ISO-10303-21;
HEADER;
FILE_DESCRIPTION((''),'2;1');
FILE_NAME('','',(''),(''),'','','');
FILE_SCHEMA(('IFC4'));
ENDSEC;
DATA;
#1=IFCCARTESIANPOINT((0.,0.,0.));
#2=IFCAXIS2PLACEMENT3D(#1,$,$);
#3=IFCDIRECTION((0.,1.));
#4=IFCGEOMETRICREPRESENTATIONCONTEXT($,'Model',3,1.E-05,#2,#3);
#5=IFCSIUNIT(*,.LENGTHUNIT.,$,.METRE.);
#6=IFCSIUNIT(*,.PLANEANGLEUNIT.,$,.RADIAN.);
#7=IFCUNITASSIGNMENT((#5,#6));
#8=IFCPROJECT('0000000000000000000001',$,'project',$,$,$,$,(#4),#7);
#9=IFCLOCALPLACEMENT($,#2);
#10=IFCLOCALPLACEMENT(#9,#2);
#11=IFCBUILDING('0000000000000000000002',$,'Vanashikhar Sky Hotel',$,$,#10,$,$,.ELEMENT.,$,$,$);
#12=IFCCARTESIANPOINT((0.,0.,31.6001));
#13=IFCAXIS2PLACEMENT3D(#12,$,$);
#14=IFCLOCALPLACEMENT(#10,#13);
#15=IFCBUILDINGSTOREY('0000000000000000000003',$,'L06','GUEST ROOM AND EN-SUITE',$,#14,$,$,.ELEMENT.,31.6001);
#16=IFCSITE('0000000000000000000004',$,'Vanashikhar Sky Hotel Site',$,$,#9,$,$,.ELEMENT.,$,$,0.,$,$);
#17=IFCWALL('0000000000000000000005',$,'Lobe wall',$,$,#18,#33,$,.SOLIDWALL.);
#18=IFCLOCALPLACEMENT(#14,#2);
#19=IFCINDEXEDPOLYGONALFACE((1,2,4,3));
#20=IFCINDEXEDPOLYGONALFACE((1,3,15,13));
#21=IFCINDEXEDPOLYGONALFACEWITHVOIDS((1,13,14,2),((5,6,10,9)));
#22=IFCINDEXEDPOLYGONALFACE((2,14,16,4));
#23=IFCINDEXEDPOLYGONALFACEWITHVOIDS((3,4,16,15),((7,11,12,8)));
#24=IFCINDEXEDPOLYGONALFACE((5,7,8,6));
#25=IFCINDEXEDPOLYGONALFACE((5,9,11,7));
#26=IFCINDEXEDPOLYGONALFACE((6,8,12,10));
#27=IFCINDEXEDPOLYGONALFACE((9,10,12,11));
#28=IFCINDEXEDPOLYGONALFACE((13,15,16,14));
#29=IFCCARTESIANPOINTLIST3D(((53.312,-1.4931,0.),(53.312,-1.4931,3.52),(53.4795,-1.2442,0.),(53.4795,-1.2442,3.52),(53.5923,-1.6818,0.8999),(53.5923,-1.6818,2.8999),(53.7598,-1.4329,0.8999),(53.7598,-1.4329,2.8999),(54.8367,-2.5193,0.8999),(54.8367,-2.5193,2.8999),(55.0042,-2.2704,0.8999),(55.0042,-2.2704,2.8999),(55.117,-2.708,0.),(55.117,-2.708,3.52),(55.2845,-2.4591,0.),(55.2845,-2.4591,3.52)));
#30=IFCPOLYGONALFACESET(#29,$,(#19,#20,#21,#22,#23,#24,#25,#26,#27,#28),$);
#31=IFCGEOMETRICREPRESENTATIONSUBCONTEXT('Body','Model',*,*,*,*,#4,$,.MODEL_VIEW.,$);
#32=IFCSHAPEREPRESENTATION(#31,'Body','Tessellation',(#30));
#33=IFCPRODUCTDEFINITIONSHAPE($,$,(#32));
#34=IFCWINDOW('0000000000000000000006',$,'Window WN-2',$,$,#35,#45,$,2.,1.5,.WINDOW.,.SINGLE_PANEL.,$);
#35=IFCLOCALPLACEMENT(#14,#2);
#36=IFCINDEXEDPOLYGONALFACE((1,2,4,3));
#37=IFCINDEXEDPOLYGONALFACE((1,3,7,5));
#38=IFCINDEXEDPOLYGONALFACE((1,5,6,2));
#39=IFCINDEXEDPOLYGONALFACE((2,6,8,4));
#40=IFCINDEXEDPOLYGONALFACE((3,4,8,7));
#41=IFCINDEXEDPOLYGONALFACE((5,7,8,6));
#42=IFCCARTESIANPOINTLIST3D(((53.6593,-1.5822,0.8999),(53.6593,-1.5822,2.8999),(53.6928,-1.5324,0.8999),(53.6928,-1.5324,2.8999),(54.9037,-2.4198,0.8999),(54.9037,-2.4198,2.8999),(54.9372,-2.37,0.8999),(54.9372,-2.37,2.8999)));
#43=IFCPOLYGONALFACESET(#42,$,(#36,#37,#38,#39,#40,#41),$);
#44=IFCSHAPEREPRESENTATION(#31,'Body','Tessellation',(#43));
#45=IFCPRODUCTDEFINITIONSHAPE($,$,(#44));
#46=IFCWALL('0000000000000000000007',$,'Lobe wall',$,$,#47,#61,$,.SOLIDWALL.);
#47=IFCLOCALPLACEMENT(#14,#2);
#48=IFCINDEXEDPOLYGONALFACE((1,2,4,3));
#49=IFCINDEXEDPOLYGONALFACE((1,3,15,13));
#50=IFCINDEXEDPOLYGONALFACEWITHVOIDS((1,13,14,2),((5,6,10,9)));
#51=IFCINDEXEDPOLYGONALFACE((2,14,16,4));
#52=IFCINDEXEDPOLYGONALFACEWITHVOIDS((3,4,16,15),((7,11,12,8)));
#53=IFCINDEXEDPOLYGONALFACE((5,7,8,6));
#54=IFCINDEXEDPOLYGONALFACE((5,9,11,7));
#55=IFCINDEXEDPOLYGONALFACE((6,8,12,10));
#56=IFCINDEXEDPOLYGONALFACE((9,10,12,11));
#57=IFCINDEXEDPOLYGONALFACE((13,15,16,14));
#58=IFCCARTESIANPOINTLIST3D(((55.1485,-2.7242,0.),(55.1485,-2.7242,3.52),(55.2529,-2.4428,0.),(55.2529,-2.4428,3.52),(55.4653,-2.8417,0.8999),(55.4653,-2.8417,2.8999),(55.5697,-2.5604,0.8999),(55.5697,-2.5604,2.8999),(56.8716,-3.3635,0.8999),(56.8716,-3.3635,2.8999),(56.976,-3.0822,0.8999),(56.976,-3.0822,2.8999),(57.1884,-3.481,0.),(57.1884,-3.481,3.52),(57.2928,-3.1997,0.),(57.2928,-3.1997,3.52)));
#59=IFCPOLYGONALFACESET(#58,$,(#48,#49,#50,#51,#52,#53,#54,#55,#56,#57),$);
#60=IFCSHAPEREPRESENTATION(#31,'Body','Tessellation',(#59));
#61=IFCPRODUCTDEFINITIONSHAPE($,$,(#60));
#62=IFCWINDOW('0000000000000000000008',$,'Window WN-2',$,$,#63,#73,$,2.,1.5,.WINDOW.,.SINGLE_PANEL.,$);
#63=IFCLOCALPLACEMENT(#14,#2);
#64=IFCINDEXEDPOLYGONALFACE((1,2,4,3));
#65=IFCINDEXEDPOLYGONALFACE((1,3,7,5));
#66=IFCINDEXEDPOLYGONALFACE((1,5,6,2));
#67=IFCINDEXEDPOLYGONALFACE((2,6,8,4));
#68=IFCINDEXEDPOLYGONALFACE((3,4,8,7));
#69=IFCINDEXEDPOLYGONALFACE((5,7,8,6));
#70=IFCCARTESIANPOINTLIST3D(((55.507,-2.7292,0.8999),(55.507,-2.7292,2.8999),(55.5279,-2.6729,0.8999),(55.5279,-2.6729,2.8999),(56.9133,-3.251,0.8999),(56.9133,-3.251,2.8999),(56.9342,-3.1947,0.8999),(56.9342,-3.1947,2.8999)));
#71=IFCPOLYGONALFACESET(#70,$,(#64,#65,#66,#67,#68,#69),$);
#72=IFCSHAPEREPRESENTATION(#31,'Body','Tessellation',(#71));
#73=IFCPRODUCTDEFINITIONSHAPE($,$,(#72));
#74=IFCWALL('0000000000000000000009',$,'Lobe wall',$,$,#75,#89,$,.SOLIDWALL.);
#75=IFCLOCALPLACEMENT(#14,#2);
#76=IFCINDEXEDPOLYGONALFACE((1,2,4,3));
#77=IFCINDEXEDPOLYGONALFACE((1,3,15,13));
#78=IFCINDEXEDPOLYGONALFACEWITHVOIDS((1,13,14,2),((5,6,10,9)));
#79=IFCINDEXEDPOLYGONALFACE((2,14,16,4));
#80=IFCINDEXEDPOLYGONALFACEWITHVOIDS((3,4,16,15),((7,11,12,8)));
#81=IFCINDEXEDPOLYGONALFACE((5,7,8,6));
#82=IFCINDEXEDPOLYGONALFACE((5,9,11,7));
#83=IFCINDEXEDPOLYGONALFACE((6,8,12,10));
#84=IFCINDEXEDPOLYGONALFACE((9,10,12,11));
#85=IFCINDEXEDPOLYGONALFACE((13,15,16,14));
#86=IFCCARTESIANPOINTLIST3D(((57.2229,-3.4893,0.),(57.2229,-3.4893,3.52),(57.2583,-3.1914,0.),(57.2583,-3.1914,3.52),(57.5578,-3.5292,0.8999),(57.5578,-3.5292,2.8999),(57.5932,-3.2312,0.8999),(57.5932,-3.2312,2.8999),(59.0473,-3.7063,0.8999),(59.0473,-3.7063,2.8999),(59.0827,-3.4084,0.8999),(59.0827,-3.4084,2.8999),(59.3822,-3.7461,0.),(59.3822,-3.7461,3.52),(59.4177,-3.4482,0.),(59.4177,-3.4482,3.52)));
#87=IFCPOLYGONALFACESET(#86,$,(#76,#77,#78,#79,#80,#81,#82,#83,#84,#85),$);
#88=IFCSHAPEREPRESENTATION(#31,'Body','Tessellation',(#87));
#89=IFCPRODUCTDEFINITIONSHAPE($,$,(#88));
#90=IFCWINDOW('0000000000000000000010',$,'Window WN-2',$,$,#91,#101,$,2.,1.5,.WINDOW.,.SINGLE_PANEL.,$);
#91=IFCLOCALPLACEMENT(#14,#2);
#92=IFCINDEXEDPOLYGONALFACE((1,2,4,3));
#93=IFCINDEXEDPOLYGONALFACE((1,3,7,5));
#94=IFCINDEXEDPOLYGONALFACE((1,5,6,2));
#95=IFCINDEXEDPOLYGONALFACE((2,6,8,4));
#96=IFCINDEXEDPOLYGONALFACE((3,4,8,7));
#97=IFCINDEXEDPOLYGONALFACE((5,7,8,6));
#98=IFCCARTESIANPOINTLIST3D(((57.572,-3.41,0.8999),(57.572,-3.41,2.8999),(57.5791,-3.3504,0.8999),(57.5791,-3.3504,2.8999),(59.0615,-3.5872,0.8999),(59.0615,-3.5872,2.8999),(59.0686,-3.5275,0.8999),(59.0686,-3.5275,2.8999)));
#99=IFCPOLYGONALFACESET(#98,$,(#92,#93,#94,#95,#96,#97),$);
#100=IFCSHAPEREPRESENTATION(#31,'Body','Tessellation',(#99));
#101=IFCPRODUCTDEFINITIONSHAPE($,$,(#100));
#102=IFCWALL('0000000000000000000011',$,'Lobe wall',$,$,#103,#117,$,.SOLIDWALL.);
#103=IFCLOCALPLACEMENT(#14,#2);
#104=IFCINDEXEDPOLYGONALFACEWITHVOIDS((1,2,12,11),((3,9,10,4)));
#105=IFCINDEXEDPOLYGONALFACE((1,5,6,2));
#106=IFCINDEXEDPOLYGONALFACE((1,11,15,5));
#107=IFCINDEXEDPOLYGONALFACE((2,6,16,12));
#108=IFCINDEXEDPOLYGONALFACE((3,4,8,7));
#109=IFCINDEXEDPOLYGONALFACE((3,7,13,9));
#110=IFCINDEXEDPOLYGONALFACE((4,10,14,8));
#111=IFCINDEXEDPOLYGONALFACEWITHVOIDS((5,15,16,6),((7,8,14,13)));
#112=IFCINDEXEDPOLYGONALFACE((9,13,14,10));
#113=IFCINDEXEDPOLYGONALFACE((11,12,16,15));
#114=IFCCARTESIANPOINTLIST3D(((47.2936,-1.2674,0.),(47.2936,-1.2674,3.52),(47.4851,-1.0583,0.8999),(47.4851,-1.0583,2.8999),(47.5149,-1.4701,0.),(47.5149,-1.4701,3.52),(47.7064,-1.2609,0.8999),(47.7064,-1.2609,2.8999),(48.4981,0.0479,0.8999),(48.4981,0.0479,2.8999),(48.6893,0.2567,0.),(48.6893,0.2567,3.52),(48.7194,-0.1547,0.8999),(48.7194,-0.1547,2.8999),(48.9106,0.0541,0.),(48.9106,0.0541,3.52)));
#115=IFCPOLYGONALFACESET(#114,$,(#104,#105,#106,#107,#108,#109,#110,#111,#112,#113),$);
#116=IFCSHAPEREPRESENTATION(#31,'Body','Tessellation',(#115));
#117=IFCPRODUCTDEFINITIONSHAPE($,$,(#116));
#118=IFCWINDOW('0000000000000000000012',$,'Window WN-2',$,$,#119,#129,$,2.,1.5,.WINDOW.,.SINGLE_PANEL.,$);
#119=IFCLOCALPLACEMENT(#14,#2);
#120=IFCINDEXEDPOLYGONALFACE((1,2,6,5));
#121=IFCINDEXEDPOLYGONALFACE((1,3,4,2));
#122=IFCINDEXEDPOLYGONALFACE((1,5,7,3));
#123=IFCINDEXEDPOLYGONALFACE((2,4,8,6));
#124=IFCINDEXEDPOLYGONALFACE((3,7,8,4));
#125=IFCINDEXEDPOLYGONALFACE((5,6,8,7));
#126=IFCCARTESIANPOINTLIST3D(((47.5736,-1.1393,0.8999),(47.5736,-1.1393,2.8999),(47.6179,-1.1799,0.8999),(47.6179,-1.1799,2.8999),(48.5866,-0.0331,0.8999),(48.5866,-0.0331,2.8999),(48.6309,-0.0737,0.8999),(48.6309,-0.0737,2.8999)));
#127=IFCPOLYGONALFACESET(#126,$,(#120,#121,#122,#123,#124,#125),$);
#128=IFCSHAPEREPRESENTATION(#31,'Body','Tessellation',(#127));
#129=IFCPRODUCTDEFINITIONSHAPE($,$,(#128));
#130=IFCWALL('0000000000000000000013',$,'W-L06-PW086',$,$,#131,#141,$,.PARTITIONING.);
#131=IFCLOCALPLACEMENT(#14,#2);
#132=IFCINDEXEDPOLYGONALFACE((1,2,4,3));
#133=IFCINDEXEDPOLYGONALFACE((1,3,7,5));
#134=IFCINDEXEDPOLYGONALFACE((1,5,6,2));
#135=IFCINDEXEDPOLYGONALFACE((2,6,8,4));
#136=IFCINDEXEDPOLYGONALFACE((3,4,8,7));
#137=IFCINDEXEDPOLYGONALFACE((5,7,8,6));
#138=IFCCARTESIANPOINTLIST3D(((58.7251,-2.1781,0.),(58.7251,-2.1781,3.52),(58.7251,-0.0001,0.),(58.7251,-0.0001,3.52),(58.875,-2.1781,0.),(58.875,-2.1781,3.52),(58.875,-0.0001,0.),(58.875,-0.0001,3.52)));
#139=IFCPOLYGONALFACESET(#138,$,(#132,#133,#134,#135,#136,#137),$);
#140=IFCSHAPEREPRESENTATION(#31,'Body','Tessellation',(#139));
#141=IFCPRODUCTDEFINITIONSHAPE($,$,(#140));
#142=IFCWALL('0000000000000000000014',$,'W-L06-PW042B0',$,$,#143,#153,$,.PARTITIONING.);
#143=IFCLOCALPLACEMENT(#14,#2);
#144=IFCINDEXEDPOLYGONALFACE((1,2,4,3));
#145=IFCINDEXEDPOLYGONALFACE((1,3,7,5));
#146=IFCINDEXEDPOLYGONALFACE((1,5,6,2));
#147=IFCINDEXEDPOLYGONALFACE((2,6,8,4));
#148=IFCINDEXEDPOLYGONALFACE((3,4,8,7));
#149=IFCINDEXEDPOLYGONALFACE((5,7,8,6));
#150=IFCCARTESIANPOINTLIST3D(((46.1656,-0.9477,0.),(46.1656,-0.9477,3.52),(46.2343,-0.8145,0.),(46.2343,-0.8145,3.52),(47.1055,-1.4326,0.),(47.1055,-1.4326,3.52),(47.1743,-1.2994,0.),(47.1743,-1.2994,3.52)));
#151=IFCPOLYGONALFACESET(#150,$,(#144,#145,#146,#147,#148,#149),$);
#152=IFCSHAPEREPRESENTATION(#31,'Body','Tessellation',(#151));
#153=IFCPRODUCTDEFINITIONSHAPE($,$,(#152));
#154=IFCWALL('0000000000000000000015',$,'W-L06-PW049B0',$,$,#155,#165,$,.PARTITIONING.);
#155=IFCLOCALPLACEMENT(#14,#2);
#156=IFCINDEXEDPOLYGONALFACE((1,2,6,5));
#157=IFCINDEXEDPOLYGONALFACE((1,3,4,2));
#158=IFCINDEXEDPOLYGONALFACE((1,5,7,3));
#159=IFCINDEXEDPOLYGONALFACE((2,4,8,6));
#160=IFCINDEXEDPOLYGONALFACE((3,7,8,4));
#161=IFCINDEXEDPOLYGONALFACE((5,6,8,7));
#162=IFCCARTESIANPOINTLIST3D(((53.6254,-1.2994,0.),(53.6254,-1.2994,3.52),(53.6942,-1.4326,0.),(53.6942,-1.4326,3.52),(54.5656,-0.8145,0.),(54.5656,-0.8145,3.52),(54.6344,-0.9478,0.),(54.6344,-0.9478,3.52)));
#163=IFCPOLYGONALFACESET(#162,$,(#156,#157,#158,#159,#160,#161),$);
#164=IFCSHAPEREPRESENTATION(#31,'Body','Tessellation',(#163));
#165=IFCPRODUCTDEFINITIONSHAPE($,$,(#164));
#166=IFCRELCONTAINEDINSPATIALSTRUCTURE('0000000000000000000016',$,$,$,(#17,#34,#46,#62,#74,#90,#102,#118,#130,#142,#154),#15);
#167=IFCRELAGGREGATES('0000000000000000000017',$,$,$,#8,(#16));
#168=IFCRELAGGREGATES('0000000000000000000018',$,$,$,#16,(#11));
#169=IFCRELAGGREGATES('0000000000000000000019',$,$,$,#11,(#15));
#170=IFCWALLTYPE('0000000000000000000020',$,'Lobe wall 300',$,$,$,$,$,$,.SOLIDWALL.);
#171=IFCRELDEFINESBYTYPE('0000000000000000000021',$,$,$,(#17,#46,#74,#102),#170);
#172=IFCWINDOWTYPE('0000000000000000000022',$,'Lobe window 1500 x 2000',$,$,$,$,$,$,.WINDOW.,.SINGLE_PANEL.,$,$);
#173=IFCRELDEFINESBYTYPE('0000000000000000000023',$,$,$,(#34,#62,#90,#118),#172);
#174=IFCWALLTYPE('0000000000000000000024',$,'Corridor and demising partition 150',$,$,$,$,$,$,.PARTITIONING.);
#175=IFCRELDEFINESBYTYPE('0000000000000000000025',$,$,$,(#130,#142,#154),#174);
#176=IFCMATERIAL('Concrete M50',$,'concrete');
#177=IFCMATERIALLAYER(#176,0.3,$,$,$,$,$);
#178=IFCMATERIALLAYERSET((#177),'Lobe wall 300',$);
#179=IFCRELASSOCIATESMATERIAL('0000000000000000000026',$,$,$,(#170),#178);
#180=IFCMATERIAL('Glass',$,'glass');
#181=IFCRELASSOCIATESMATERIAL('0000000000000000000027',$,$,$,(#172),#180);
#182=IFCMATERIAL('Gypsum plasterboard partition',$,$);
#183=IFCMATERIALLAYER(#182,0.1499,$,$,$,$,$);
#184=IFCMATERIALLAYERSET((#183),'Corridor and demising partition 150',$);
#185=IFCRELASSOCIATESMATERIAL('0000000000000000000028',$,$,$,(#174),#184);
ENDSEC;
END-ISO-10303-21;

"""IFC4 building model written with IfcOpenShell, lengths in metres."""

from ifc_helpers import new_model, si_unit, direction, frame, frame_2d, origin, place, context, subcontext, project, spatial, rectangle, extrude, source, transform, mapped, material, layer, layer_set, type_object, element, fill, save


model = new_model("IFC4")

# Units and contexts
model_context = context("Model", 3, precision=1e-05, world=origin(), true_north=direction((0.0, 1.0)))
body_context = subcontext(model_context, "Body", "Model", "MODEL_VIEW")
ifc_project = project(units=[si_unit("LENGTHUNIT", "METRE"), si_unit("PLANEANGLEUNIT", "RADIAN")], contexts=[model_context])

# Site, building, storey
site_placement = place(None, origin())
site = spatial("IfcSite", under=ifc_project, at=site_placement, Name="Vanashikhar Sky Hotel Site", CompositionType="ELEMENT", RefElevation=0.0)
building_placement = place(site_placement, origin())
building = spatial("IfcBuilding", under=site, at=building_placement, Name="Vanashikhar Sky Hotel", CompositionType="ELEMENT")
storey_placement = place(building_placement, frame((0.0, 0.0, 31.6001)))
storey = spatial("IfcBuildingStorey", under=building, at=storey_placement, Name="L06", Description="GUEST ROOM AND EN-SUITE", CompositionType="ELEMENT", Elevation=31.6001)

# Walls, openings, windows
ifc_material_1 = material(Name="Concrete M50", Category="concrete")
ifc_layer_1 = layer(ifc_material_1, 0.3)
ifc_layer_set_1 = layer_set([ifc_layer_1], Name="Lobe wall 300")
wall_type_1 = type_object("IfcWallType", Name="Lobe wall 300", PredefinedType="SOLIDWALL", material=ifc_layer_set_1)
shared_shape_1 = source(origin(), body_context, "Body", "SweptSolid", [
    extrude(rectangle(XDim=2.1758, YDim=0.3, at=frame_2d((1.0879, 0.0))), origin(), (0.0, 0.0, 1.0), 3.52),
])
wall_1_placement = place(storey_placement, frame((53.3958, -1.3687, 0.0), z_axis=(0.0, 0.0, 1.0), x_axis=(0.829591, -0.558372, 0.0)))
wall_1 = element("IfcWall", 1, at=wall_1_placement, inside=storey, type_object=wall_type_1, Name="Lobe wall", PredefinedType="SOLIDWALL", context=body_context, shape_type="MappedRepresentation", body=[
    mapped(shared_shape_1, transform((0.0, 0.0, 0.0), scale=1.0)),
])
shared_shape_2 = source(origin(), body_context, "Body", "SweptSolid", [
    extrude(rectangle(XDim=1.5, YDim=2.0, at=frame_2d((0.75, 1.0))), frame((0.0, 0.1602, 0.0), z_axis=(0.0, -1.0, 0.0), x_axis=(1.0, 0.0, 0.0)), (0.0, 0.0, 1.0), 0.3201),
])
opening_1_placement = place(wall_1_placement, frame((0.3379, 0.0, 0.8999)))
opening_1 = element("IfcOpeningElement", 2, at=opening_1_placement, cuts=wall_1, PredefinedType="OPENING", context=body_context, shape_type="MappedRepresentation", body=[
    mapped(shared_shape_2, transform((0.0, 0.0, 0.0), scale=1.0)),
])
ifc_material_2 = material(Name="Glass", Category="glass")
window_type = type_object("IfcWindowType", Name="Lobe window 1500 x 2000", PartitioningType="SINGLE_PANEL", PredefinedType="WINDOW", material=ifc_material_2)
shared_shape_3 = source(origin(), body_context, "Body", "SweptSolid", [
    extrude(rectangle(XDim=1.5, YDim=2.0, at=frame_2d((0.75, 1.0))), frame((0.0, 0.03, 0.0), z_axis=(0.0, -1.0, 0.0), x_axis=(1.0, 0.0, 0.0)), (0.0, 0.0, 1.0), 0.0601),
])
window_1_placement = place(opening_1_placement, origin())
window_1 = element("IfcWindow", 3, at=window_1_placement, inside=storey, type_object=window_type, Name="Window WN-2", OverallHeight=2.0, OverallWidth=1.5, PartitioningType="SINGLE_PANEL", PredefinedType="WINDOW", context=body_context, shape_type="MappedRepresentation", body=[
    mapped(shared_shape_3, transform((0.0, 0.0, 0.0), scale=1.0)),
])
fill(opening_1, window_1)
wall_2_placement = place(storey_placement, frame((55.2007, -2.5835, 0.0), z_axis=(0.0, 0.0, 1.0), x_axis=(0.937546, -0.347863, 0.0)))
wall_2 = element("IfcWall", 4, at=wall_2_placement, inside=storey, type_object=wall_type_1, Name="Lobe wall", PredefinedType="SOLIDWALL", context=body_context, shape_type="MappedRepresentation", body=[
    mapped(shared_shape_1, transform((0.0, 0.0, 0.0), scale=1.0)),
])
opening_2_placement = place(wall_2_placement, frame((0.3379, 0.0, 0.8999)))
opening_2 = element("IfcOpeningElement", 5, at=opening_2_placement, cuts=wall_2, PredefinedType="OPENING", context=body_context, shape_type="MappedRepresentation", body=[
    mapped(shared_shape_2, transform((0.0, 0.0, 0.0), scale=1.0)),
])
window_2_placement = place(opening_2_placement, origin())
window_2 = element("IfcWindow", 6, at=window_2_placement, inside=storey, type_object=window_type, Name="Window WN-2", OverallHeight=2.0, OverallWidth=1.5, PartitioningType="SINGLE_PANEL", PredefinedType="WINDOW", context=body_context, shape_type="MappedRepresentation", body=[
    mapped(shared_shape_3, transform((0.0, 0.0, 0.0), scale=1.0)),
])
fill(opening_2, window_2)
shared_shape_4 = source(origin(), body_context, "Body", "SweptSolid", [
    extrude(rectangle(XDim=2.1746, YDim=0.3, at=frame_2d((1.0874, 0.0))), origin(), (0.0, 0.0, 1.0), 3.52),
])
wall_3_placement = place(storey_placement, frame((57.2405, -3.3403, 0.0), z_axis=(0.0, 0.0, 1.0), x_axis=(0.993001, -0.118105, 0.0)))
wall_3 = element("IfcWall", 7, at=wall_3_placement, inside=storey, type_object=wall_type_1, Name="Lobe wall", PredefinedType="SOLIDWALL", context=body_context, shape_type="MappedRepresentation", body=[
    mapped(shared_shape_4, transform((0.0, 0.0, 0.0), scale=1.0)),
])
opening_3_placement = place(wall_3_placement, frame((0.3374, 0.0, 0.8999)))
opening_3 = element("IfcOpeningElement", 8, at=opening_3_placement, cuts=wall_3, PredefinedType="OPENING", context=body_context, shape_type="MappedRepresentation", body=[
    mapped(shared_shape_2, transform((0.0, 0.0, 0.0), scale=1.0)),
])
window_3_placement = place(opening_3_placement, origin())
window_3 = element("IfcWindow", 9, at=window_3_placement, inside=storey, type_object=window_type, Name="Window WN-2", OverallHeight=2.0, OverallWidth=1.5, PartitioningType="SINGLE_PANEL", PredefinedType="WINDOW", context=body_context, shape_type="MappedRepresentation", body=[
    mapped(shared_shape_3, transform((0.0, 0.0, 0.0), scale=1.0)),
])
fill(opening_3, window_3)
shared_shape_5 = source(origin(), body_context, "Body", "SweptSolid", [
    extrude(rectangle(XDim=2.0667, YDim=0.3, at=frame_2d((1.0332, 0.0))), origin(), (0.0, 0.0, 1.0), 3.52),
])
wall_4_placement = place(storey_placement, frame((47.4043, -1.3687, 0.0), z_axis=(0.0, 0.0, 1.0), x_axis=(0.675355, 0.737492, 0.0)))
wall_4 = element("IfcWall", 10, at=wall_4_placement, inside=storey, type_object=wall_type_1, Name="Lobe wall", PredefinedType="SOLIDWALL", context=body_context, shape_type="MappedRepresentation", body=[
    mapped(shared_shape_5, transform((0.0, 0.0, 0.0), scale=1.0)),
])
opening_4_placement = place(wall_4_placement, frame((0.2834, 0.0, 0.8999)))
opening_4 = element("IfcOpeningElement", 11, at=opening_4_placement, cuts=wall_4, PredefinedType="OPENING", context=body_context, shape_type="MappedRepresentation", body=[
    mapped(shared_shape_2, transform((0.0, 0.0, 0.0), scale=1.0)),
])
window_4_placement = place(opening_4_placement, origin())
window_4 = element("IfcWindow", 12, at=window_4_placement, inside=storey, type_object=window_type, Name="Window WN-2", OverallHeight=2.0, OverallWidth=1.5, PartitioningType="SINGLE_PANEL", PredefinedType="WINDOW", context=body_context, shape_type="MappedRepresentation", body=[
    mapped(shared_shape_3, transform((0.0, 0.0, 0.0), scale=1.0)),
])
fill(opening_4, window_4)

# Walls
ifc_material_3 = material(Name="Gypsum plasterboard partition")
ifc_layer_2 = layer(ifc_material_3, 0.1499)
ifc_layer_set_2 = layer_set([ifc_layer_2], Name="Corridor and demising partition 150")
wall_type_2 = type_object("IfcWallType", Name="Corridor and demising partition 150", PredefinedType="PARTITIONING", material=ifc_layer_set_2)
shared_shape_6 = source(origin(), body_context, "Body", "SweptSolid", [
    extrude(rectangle(XDim=2.178, YDim=0.1499, at=frame_2d((1.0889, 0.0))), origin(), (0.0, 0.0, 1.0), 3.52),
])
wall_5_placement = place(storey_placement, frame((58.8, -2.178, 0.0), z_axis=(0.0, 0.0, 1.0), x_axis=(0.0, 1.0, 0.0)))
element("IfcWall", 13, at=wall_5_placement, inside=storey, type_object=wall_type_2, Name="W-L06-PW086", PredefinedType="PARTITIONING", context=body_context, shape_type="MappedRepresentation", body=[
    mapped(shared_shape_6, transform((0.0, 0.0, 0.0), scale=1.0)),
])
shared_shape_7 = source(origin(), body_context, "Body", "SweptSolid", [
    extrude(rectangle(XDim=1.0576, YDim=0.1499, at=frame_2d((0.5288, 0.0))), origin(), (0.0, 0.0, 1.0), 3.52),
])
wall_6_placement = place(storey_placement, frame((47.1399, -1.366, 0.0), z_axis=(0.0, 0.0, 1.0), x_axis=(-0.888724, 0.458443, 0.0)))
element("IfcWall", 14, at=wall_6_placement, inside=storey, type_object=wall_type_2, Name="W-L06-PW042B0", PredefinedType="PARTITIONING", context=body_context, shape_type="MappedRepresentation", body=[
    mapped(shared_shape_7, transform((0.0, 0.0, 0.0), scale=1.0)),
])
shared_shape_8 = source(origin(), body_context, "Body", "SweptSolid", [
    extrude(rectangle(XDim=1.0579, YDim=0.1499, at=frame_2d((0.5288, 0.0))), origin(), (0.0, 0.0, 1.0), 3.52),
])
wall_7_placement = place(storey_placement, frame((53.6599, -1.366, 0.0), z_axis=(0.0, 0.0, 1.0), x_axis=(0.888772, 0.458349, 0.0)))
element("IfcWall", 15, at=wall_7_placement, inside=storey, type_object=wall_type_2, Name="W-L06-PW049B0", PredefinedType="PARTITIONING", context=body_context, shape_type="MappedRepresentation", body=[
    mapped(shared_shape_8, transform((0.0, 0.0, 0.0), scale=1.0)),
])

save(model, "model.ifc")
